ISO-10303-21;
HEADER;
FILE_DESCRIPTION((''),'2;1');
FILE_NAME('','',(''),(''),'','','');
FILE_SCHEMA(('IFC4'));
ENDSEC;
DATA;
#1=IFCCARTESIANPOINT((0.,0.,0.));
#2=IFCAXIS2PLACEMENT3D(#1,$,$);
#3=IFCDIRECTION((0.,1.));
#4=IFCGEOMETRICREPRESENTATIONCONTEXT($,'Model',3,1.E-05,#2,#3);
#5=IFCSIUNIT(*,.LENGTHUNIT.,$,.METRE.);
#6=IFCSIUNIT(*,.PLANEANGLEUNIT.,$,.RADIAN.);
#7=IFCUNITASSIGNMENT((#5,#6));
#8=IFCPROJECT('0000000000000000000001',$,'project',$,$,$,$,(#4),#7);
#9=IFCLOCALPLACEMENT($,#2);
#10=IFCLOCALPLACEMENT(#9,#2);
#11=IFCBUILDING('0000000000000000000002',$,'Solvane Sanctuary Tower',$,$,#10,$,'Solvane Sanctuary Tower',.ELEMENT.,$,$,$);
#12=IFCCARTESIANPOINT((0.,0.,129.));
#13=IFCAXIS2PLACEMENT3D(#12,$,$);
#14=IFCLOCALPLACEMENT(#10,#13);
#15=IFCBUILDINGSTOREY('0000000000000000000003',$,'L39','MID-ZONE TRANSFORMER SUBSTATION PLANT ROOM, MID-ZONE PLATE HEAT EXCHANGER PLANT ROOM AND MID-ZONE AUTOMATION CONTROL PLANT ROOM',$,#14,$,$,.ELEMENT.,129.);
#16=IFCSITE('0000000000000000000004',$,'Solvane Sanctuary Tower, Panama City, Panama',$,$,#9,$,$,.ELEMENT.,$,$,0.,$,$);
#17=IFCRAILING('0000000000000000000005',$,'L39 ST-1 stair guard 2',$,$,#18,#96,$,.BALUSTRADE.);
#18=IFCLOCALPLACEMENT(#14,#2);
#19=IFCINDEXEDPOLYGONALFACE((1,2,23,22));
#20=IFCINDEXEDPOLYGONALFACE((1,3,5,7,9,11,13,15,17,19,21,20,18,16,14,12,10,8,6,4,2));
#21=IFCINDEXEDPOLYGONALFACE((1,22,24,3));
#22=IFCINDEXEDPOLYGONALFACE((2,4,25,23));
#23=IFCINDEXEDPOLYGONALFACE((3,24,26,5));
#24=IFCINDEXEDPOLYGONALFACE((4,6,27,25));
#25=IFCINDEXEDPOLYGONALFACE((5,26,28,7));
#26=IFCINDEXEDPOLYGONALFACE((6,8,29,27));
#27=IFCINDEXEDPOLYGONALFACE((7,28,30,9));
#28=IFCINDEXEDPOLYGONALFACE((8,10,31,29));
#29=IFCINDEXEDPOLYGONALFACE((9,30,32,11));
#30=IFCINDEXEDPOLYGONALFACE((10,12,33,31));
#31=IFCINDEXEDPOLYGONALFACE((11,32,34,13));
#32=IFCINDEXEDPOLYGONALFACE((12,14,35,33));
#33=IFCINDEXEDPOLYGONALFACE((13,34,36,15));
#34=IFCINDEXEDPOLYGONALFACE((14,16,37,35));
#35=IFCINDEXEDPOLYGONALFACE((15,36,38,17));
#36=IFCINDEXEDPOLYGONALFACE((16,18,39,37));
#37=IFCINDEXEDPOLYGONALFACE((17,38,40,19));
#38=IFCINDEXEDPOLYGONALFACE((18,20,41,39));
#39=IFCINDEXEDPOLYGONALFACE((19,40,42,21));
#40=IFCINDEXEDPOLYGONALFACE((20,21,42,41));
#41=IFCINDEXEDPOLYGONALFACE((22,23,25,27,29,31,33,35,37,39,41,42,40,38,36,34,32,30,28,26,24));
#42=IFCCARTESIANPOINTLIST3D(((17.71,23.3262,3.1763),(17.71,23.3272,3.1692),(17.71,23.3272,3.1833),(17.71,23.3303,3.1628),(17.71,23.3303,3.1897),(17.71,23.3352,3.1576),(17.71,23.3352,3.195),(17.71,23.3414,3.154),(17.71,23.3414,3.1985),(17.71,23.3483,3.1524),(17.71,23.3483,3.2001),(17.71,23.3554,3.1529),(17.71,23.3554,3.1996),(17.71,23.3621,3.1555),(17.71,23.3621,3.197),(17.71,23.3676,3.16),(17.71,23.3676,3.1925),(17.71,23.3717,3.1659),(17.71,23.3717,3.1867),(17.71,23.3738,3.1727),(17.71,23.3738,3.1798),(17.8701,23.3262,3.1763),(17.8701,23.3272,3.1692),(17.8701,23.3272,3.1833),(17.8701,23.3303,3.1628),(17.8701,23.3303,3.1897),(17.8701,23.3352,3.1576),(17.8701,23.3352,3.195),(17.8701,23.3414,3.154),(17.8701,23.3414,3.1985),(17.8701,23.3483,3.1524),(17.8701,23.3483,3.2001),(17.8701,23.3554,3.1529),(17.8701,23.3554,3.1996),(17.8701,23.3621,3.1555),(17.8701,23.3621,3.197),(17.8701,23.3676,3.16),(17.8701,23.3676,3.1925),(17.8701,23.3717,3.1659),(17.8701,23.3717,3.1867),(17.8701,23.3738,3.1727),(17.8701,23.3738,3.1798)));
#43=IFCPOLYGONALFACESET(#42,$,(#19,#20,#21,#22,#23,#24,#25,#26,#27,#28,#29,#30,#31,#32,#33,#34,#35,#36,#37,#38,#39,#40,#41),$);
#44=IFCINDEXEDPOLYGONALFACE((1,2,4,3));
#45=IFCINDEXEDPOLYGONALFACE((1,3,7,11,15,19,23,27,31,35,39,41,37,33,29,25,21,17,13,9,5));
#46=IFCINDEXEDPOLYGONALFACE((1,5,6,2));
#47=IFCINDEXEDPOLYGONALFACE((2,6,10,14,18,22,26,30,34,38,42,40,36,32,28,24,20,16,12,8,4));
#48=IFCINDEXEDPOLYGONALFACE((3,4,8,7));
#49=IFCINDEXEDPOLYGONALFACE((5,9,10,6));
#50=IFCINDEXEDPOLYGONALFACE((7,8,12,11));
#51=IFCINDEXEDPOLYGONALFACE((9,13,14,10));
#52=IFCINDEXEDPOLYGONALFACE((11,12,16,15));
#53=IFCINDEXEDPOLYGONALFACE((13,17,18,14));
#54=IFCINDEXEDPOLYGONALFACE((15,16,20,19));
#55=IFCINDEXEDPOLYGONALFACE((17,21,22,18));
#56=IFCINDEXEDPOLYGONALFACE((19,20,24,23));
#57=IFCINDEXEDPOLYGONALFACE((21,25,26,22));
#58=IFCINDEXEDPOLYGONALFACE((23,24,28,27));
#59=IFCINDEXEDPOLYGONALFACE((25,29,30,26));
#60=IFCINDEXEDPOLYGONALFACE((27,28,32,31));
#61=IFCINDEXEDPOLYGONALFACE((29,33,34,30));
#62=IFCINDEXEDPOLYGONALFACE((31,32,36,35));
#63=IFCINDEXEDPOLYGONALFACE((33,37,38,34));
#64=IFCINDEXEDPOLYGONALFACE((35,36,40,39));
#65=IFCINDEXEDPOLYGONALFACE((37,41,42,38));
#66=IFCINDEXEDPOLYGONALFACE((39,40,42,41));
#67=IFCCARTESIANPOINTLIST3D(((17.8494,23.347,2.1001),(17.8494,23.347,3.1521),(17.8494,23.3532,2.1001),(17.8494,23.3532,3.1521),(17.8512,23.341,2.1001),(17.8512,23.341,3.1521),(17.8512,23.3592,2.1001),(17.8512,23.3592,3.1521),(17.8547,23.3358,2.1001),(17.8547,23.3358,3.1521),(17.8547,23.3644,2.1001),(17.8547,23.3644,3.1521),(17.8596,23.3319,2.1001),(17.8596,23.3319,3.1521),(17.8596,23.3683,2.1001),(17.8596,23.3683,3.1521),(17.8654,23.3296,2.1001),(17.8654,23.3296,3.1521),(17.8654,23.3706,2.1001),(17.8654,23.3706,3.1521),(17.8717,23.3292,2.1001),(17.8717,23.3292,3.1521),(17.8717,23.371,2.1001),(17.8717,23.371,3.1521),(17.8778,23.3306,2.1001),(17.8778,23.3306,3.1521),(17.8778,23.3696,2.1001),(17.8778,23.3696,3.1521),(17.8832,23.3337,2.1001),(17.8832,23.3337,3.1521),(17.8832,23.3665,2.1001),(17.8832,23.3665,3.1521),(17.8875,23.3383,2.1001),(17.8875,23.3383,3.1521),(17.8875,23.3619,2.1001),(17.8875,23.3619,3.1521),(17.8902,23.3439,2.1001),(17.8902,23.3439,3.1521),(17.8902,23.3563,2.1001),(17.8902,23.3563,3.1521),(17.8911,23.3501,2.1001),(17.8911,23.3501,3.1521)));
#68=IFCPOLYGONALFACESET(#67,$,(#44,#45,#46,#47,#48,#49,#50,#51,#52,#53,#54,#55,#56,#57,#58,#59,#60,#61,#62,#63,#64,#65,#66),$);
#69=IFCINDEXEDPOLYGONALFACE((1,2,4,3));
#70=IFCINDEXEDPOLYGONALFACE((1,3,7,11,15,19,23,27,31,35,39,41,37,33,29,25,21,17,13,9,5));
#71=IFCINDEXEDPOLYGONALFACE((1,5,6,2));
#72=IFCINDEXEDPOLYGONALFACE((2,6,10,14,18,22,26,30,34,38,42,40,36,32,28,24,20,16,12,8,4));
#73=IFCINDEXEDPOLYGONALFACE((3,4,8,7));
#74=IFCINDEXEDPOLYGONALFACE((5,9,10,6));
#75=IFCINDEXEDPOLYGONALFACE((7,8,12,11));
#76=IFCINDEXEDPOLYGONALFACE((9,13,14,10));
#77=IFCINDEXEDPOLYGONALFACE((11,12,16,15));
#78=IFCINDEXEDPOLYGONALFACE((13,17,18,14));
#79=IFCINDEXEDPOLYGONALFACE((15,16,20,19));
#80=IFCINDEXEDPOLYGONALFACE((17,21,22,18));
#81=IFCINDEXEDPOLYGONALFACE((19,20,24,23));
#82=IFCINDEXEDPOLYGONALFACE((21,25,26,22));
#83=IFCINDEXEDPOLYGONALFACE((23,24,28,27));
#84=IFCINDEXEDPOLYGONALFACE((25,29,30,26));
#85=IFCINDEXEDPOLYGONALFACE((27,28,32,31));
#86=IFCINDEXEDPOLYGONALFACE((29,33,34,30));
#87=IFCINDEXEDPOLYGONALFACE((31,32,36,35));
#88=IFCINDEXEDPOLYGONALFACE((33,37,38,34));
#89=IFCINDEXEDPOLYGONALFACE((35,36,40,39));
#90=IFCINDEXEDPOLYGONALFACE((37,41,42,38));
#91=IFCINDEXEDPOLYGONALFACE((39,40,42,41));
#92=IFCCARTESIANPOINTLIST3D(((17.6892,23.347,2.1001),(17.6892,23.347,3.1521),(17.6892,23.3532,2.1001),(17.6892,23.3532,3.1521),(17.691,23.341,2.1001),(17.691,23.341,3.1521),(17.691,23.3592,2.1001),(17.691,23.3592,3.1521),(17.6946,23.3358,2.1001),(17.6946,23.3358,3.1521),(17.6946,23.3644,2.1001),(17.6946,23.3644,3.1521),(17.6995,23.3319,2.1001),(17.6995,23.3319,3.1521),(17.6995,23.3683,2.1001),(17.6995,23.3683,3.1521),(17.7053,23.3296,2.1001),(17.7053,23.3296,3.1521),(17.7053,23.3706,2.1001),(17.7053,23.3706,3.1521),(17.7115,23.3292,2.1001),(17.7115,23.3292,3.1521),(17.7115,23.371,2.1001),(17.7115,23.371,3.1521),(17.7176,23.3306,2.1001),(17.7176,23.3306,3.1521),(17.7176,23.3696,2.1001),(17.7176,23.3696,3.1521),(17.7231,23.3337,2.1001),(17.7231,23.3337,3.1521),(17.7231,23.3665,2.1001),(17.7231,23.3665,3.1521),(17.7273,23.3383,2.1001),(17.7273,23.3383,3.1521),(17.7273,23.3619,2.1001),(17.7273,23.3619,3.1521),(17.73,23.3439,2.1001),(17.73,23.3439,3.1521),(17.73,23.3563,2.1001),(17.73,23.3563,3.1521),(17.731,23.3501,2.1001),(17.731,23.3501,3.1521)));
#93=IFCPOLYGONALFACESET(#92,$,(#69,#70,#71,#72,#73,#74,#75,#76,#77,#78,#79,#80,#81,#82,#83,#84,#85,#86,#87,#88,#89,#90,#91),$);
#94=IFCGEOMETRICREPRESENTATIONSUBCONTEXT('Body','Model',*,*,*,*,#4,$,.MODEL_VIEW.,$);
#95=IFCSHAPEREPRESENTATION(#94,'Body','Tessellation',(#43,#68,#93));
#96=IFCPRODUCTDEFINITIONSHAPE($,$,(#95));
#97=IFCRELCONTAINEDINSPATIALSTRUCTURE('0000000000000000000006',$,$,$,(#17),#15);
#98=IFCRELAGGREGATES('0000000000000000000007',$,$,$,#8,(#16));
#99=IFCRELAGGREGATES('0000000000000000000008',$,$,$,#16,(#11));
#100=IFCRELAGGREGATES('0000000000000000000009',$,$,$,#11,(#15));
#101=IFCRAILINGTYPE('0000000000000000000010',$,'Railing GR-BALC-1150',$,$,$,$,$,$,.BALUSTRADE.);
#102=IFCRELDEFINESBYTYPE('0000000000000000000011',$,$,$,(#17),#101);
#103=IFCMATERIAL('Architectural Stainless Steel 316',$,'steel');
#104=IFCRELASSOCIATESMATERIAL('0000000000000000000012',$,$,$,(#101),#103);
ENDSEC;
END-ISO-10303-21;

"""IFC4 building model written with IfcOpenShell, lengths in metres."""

from ifc_helpers import new_model, si_unit, direction, frame, origin, origin_2d, place, context, subcontext, project, spatial, circle, extrude, material, type_object, element, save


model = new_model("IFC4")

# Units and contexts
model_context = context("Model", 3, precision=1e-05, world=origin(), true_north=direction((0.0, 1.0)))
body_context = subcontext(model_context, "Body", "Model", "MODEL_VIEW")
ifc_project = project(units=[si_unit("LENGTHUNIT", "METRE"), si_unit("PLANEANGLEUNIT", "RADIAN")], contexts=[model_context])

# Site, building, storey
site_placement = place(None, origin())
site = spatial("IfcSite", under=ifc_project, at=site_placement, Name="Solvane Sanctuary Tower, Panama City, Panama", CompositionType="ELEMENT", RefElevation=0.0)
building_placement = place(site_placement, origin())
building = spatial("IfcBuilding", under=site, at=building_placement, Name="Solvane Sanctuary Tower", LongName="Solvane Sanctuary Tower", CompositionType="ELEMENT")
storey_placement = place(building_placement, frame((0.0, 0.0, 129.0)))
storey = spatial("IfcBuildingStorey", under=building, at=storey_placement, Name="L39", Description="MID-ZONE TRANSFORMER SUBSTATION PLANT ROOM, MID-ZONE PLATE HEAT EXCHANGER PLANT ROOM AND MID-ZONE AUTOMATION CONTROL PLANT ROOM", CompositionType="ELEMENT", Elevation=129.0)

# Shared definitions
ifc_material_1 = material(Name="Architectural Stainless Steel 316", Category="steel")

# Railing
railing_type_1 = type_object("IfcRailingType", Name="Railing GR-BALC-1150", PredefinedType="BALUSTRADE", material=ifc_material_1)
railing_1_placement = place(storey_placement, frame((17.8701, 23.3501, 2.1001)))
element("IfcRailing", 1, at=railing_1_placement, inside=storey, type_object=railing_type_1, Name="L39 ST-1 stair guard 2", PredefinedType="BALUSTRADE", context=body_context, shape_type="SweptSolid", body=[
    extrude(circle(Radius=0.0239, at=origin_2d()), frame((0.0, 0.0, 1.0762), z_axis=(-1.0, 0.0, 0.0), x_axis=(0.0, -1.0, 0.0)), (0.0, 0.0, 1.0), 0.1602),
    extrude(circle(Radius=0.021, at=origin_2d()), origin(), (0.0, 0.0, 1.0), 1.052),
    extrude(circle(Radius=0.021, at=origin_2d()), frame((-0.1602, 0.0, 0.0)), (0.0, 0.0, 1.0), 1.052),
])

save(model, "model.ifc")
